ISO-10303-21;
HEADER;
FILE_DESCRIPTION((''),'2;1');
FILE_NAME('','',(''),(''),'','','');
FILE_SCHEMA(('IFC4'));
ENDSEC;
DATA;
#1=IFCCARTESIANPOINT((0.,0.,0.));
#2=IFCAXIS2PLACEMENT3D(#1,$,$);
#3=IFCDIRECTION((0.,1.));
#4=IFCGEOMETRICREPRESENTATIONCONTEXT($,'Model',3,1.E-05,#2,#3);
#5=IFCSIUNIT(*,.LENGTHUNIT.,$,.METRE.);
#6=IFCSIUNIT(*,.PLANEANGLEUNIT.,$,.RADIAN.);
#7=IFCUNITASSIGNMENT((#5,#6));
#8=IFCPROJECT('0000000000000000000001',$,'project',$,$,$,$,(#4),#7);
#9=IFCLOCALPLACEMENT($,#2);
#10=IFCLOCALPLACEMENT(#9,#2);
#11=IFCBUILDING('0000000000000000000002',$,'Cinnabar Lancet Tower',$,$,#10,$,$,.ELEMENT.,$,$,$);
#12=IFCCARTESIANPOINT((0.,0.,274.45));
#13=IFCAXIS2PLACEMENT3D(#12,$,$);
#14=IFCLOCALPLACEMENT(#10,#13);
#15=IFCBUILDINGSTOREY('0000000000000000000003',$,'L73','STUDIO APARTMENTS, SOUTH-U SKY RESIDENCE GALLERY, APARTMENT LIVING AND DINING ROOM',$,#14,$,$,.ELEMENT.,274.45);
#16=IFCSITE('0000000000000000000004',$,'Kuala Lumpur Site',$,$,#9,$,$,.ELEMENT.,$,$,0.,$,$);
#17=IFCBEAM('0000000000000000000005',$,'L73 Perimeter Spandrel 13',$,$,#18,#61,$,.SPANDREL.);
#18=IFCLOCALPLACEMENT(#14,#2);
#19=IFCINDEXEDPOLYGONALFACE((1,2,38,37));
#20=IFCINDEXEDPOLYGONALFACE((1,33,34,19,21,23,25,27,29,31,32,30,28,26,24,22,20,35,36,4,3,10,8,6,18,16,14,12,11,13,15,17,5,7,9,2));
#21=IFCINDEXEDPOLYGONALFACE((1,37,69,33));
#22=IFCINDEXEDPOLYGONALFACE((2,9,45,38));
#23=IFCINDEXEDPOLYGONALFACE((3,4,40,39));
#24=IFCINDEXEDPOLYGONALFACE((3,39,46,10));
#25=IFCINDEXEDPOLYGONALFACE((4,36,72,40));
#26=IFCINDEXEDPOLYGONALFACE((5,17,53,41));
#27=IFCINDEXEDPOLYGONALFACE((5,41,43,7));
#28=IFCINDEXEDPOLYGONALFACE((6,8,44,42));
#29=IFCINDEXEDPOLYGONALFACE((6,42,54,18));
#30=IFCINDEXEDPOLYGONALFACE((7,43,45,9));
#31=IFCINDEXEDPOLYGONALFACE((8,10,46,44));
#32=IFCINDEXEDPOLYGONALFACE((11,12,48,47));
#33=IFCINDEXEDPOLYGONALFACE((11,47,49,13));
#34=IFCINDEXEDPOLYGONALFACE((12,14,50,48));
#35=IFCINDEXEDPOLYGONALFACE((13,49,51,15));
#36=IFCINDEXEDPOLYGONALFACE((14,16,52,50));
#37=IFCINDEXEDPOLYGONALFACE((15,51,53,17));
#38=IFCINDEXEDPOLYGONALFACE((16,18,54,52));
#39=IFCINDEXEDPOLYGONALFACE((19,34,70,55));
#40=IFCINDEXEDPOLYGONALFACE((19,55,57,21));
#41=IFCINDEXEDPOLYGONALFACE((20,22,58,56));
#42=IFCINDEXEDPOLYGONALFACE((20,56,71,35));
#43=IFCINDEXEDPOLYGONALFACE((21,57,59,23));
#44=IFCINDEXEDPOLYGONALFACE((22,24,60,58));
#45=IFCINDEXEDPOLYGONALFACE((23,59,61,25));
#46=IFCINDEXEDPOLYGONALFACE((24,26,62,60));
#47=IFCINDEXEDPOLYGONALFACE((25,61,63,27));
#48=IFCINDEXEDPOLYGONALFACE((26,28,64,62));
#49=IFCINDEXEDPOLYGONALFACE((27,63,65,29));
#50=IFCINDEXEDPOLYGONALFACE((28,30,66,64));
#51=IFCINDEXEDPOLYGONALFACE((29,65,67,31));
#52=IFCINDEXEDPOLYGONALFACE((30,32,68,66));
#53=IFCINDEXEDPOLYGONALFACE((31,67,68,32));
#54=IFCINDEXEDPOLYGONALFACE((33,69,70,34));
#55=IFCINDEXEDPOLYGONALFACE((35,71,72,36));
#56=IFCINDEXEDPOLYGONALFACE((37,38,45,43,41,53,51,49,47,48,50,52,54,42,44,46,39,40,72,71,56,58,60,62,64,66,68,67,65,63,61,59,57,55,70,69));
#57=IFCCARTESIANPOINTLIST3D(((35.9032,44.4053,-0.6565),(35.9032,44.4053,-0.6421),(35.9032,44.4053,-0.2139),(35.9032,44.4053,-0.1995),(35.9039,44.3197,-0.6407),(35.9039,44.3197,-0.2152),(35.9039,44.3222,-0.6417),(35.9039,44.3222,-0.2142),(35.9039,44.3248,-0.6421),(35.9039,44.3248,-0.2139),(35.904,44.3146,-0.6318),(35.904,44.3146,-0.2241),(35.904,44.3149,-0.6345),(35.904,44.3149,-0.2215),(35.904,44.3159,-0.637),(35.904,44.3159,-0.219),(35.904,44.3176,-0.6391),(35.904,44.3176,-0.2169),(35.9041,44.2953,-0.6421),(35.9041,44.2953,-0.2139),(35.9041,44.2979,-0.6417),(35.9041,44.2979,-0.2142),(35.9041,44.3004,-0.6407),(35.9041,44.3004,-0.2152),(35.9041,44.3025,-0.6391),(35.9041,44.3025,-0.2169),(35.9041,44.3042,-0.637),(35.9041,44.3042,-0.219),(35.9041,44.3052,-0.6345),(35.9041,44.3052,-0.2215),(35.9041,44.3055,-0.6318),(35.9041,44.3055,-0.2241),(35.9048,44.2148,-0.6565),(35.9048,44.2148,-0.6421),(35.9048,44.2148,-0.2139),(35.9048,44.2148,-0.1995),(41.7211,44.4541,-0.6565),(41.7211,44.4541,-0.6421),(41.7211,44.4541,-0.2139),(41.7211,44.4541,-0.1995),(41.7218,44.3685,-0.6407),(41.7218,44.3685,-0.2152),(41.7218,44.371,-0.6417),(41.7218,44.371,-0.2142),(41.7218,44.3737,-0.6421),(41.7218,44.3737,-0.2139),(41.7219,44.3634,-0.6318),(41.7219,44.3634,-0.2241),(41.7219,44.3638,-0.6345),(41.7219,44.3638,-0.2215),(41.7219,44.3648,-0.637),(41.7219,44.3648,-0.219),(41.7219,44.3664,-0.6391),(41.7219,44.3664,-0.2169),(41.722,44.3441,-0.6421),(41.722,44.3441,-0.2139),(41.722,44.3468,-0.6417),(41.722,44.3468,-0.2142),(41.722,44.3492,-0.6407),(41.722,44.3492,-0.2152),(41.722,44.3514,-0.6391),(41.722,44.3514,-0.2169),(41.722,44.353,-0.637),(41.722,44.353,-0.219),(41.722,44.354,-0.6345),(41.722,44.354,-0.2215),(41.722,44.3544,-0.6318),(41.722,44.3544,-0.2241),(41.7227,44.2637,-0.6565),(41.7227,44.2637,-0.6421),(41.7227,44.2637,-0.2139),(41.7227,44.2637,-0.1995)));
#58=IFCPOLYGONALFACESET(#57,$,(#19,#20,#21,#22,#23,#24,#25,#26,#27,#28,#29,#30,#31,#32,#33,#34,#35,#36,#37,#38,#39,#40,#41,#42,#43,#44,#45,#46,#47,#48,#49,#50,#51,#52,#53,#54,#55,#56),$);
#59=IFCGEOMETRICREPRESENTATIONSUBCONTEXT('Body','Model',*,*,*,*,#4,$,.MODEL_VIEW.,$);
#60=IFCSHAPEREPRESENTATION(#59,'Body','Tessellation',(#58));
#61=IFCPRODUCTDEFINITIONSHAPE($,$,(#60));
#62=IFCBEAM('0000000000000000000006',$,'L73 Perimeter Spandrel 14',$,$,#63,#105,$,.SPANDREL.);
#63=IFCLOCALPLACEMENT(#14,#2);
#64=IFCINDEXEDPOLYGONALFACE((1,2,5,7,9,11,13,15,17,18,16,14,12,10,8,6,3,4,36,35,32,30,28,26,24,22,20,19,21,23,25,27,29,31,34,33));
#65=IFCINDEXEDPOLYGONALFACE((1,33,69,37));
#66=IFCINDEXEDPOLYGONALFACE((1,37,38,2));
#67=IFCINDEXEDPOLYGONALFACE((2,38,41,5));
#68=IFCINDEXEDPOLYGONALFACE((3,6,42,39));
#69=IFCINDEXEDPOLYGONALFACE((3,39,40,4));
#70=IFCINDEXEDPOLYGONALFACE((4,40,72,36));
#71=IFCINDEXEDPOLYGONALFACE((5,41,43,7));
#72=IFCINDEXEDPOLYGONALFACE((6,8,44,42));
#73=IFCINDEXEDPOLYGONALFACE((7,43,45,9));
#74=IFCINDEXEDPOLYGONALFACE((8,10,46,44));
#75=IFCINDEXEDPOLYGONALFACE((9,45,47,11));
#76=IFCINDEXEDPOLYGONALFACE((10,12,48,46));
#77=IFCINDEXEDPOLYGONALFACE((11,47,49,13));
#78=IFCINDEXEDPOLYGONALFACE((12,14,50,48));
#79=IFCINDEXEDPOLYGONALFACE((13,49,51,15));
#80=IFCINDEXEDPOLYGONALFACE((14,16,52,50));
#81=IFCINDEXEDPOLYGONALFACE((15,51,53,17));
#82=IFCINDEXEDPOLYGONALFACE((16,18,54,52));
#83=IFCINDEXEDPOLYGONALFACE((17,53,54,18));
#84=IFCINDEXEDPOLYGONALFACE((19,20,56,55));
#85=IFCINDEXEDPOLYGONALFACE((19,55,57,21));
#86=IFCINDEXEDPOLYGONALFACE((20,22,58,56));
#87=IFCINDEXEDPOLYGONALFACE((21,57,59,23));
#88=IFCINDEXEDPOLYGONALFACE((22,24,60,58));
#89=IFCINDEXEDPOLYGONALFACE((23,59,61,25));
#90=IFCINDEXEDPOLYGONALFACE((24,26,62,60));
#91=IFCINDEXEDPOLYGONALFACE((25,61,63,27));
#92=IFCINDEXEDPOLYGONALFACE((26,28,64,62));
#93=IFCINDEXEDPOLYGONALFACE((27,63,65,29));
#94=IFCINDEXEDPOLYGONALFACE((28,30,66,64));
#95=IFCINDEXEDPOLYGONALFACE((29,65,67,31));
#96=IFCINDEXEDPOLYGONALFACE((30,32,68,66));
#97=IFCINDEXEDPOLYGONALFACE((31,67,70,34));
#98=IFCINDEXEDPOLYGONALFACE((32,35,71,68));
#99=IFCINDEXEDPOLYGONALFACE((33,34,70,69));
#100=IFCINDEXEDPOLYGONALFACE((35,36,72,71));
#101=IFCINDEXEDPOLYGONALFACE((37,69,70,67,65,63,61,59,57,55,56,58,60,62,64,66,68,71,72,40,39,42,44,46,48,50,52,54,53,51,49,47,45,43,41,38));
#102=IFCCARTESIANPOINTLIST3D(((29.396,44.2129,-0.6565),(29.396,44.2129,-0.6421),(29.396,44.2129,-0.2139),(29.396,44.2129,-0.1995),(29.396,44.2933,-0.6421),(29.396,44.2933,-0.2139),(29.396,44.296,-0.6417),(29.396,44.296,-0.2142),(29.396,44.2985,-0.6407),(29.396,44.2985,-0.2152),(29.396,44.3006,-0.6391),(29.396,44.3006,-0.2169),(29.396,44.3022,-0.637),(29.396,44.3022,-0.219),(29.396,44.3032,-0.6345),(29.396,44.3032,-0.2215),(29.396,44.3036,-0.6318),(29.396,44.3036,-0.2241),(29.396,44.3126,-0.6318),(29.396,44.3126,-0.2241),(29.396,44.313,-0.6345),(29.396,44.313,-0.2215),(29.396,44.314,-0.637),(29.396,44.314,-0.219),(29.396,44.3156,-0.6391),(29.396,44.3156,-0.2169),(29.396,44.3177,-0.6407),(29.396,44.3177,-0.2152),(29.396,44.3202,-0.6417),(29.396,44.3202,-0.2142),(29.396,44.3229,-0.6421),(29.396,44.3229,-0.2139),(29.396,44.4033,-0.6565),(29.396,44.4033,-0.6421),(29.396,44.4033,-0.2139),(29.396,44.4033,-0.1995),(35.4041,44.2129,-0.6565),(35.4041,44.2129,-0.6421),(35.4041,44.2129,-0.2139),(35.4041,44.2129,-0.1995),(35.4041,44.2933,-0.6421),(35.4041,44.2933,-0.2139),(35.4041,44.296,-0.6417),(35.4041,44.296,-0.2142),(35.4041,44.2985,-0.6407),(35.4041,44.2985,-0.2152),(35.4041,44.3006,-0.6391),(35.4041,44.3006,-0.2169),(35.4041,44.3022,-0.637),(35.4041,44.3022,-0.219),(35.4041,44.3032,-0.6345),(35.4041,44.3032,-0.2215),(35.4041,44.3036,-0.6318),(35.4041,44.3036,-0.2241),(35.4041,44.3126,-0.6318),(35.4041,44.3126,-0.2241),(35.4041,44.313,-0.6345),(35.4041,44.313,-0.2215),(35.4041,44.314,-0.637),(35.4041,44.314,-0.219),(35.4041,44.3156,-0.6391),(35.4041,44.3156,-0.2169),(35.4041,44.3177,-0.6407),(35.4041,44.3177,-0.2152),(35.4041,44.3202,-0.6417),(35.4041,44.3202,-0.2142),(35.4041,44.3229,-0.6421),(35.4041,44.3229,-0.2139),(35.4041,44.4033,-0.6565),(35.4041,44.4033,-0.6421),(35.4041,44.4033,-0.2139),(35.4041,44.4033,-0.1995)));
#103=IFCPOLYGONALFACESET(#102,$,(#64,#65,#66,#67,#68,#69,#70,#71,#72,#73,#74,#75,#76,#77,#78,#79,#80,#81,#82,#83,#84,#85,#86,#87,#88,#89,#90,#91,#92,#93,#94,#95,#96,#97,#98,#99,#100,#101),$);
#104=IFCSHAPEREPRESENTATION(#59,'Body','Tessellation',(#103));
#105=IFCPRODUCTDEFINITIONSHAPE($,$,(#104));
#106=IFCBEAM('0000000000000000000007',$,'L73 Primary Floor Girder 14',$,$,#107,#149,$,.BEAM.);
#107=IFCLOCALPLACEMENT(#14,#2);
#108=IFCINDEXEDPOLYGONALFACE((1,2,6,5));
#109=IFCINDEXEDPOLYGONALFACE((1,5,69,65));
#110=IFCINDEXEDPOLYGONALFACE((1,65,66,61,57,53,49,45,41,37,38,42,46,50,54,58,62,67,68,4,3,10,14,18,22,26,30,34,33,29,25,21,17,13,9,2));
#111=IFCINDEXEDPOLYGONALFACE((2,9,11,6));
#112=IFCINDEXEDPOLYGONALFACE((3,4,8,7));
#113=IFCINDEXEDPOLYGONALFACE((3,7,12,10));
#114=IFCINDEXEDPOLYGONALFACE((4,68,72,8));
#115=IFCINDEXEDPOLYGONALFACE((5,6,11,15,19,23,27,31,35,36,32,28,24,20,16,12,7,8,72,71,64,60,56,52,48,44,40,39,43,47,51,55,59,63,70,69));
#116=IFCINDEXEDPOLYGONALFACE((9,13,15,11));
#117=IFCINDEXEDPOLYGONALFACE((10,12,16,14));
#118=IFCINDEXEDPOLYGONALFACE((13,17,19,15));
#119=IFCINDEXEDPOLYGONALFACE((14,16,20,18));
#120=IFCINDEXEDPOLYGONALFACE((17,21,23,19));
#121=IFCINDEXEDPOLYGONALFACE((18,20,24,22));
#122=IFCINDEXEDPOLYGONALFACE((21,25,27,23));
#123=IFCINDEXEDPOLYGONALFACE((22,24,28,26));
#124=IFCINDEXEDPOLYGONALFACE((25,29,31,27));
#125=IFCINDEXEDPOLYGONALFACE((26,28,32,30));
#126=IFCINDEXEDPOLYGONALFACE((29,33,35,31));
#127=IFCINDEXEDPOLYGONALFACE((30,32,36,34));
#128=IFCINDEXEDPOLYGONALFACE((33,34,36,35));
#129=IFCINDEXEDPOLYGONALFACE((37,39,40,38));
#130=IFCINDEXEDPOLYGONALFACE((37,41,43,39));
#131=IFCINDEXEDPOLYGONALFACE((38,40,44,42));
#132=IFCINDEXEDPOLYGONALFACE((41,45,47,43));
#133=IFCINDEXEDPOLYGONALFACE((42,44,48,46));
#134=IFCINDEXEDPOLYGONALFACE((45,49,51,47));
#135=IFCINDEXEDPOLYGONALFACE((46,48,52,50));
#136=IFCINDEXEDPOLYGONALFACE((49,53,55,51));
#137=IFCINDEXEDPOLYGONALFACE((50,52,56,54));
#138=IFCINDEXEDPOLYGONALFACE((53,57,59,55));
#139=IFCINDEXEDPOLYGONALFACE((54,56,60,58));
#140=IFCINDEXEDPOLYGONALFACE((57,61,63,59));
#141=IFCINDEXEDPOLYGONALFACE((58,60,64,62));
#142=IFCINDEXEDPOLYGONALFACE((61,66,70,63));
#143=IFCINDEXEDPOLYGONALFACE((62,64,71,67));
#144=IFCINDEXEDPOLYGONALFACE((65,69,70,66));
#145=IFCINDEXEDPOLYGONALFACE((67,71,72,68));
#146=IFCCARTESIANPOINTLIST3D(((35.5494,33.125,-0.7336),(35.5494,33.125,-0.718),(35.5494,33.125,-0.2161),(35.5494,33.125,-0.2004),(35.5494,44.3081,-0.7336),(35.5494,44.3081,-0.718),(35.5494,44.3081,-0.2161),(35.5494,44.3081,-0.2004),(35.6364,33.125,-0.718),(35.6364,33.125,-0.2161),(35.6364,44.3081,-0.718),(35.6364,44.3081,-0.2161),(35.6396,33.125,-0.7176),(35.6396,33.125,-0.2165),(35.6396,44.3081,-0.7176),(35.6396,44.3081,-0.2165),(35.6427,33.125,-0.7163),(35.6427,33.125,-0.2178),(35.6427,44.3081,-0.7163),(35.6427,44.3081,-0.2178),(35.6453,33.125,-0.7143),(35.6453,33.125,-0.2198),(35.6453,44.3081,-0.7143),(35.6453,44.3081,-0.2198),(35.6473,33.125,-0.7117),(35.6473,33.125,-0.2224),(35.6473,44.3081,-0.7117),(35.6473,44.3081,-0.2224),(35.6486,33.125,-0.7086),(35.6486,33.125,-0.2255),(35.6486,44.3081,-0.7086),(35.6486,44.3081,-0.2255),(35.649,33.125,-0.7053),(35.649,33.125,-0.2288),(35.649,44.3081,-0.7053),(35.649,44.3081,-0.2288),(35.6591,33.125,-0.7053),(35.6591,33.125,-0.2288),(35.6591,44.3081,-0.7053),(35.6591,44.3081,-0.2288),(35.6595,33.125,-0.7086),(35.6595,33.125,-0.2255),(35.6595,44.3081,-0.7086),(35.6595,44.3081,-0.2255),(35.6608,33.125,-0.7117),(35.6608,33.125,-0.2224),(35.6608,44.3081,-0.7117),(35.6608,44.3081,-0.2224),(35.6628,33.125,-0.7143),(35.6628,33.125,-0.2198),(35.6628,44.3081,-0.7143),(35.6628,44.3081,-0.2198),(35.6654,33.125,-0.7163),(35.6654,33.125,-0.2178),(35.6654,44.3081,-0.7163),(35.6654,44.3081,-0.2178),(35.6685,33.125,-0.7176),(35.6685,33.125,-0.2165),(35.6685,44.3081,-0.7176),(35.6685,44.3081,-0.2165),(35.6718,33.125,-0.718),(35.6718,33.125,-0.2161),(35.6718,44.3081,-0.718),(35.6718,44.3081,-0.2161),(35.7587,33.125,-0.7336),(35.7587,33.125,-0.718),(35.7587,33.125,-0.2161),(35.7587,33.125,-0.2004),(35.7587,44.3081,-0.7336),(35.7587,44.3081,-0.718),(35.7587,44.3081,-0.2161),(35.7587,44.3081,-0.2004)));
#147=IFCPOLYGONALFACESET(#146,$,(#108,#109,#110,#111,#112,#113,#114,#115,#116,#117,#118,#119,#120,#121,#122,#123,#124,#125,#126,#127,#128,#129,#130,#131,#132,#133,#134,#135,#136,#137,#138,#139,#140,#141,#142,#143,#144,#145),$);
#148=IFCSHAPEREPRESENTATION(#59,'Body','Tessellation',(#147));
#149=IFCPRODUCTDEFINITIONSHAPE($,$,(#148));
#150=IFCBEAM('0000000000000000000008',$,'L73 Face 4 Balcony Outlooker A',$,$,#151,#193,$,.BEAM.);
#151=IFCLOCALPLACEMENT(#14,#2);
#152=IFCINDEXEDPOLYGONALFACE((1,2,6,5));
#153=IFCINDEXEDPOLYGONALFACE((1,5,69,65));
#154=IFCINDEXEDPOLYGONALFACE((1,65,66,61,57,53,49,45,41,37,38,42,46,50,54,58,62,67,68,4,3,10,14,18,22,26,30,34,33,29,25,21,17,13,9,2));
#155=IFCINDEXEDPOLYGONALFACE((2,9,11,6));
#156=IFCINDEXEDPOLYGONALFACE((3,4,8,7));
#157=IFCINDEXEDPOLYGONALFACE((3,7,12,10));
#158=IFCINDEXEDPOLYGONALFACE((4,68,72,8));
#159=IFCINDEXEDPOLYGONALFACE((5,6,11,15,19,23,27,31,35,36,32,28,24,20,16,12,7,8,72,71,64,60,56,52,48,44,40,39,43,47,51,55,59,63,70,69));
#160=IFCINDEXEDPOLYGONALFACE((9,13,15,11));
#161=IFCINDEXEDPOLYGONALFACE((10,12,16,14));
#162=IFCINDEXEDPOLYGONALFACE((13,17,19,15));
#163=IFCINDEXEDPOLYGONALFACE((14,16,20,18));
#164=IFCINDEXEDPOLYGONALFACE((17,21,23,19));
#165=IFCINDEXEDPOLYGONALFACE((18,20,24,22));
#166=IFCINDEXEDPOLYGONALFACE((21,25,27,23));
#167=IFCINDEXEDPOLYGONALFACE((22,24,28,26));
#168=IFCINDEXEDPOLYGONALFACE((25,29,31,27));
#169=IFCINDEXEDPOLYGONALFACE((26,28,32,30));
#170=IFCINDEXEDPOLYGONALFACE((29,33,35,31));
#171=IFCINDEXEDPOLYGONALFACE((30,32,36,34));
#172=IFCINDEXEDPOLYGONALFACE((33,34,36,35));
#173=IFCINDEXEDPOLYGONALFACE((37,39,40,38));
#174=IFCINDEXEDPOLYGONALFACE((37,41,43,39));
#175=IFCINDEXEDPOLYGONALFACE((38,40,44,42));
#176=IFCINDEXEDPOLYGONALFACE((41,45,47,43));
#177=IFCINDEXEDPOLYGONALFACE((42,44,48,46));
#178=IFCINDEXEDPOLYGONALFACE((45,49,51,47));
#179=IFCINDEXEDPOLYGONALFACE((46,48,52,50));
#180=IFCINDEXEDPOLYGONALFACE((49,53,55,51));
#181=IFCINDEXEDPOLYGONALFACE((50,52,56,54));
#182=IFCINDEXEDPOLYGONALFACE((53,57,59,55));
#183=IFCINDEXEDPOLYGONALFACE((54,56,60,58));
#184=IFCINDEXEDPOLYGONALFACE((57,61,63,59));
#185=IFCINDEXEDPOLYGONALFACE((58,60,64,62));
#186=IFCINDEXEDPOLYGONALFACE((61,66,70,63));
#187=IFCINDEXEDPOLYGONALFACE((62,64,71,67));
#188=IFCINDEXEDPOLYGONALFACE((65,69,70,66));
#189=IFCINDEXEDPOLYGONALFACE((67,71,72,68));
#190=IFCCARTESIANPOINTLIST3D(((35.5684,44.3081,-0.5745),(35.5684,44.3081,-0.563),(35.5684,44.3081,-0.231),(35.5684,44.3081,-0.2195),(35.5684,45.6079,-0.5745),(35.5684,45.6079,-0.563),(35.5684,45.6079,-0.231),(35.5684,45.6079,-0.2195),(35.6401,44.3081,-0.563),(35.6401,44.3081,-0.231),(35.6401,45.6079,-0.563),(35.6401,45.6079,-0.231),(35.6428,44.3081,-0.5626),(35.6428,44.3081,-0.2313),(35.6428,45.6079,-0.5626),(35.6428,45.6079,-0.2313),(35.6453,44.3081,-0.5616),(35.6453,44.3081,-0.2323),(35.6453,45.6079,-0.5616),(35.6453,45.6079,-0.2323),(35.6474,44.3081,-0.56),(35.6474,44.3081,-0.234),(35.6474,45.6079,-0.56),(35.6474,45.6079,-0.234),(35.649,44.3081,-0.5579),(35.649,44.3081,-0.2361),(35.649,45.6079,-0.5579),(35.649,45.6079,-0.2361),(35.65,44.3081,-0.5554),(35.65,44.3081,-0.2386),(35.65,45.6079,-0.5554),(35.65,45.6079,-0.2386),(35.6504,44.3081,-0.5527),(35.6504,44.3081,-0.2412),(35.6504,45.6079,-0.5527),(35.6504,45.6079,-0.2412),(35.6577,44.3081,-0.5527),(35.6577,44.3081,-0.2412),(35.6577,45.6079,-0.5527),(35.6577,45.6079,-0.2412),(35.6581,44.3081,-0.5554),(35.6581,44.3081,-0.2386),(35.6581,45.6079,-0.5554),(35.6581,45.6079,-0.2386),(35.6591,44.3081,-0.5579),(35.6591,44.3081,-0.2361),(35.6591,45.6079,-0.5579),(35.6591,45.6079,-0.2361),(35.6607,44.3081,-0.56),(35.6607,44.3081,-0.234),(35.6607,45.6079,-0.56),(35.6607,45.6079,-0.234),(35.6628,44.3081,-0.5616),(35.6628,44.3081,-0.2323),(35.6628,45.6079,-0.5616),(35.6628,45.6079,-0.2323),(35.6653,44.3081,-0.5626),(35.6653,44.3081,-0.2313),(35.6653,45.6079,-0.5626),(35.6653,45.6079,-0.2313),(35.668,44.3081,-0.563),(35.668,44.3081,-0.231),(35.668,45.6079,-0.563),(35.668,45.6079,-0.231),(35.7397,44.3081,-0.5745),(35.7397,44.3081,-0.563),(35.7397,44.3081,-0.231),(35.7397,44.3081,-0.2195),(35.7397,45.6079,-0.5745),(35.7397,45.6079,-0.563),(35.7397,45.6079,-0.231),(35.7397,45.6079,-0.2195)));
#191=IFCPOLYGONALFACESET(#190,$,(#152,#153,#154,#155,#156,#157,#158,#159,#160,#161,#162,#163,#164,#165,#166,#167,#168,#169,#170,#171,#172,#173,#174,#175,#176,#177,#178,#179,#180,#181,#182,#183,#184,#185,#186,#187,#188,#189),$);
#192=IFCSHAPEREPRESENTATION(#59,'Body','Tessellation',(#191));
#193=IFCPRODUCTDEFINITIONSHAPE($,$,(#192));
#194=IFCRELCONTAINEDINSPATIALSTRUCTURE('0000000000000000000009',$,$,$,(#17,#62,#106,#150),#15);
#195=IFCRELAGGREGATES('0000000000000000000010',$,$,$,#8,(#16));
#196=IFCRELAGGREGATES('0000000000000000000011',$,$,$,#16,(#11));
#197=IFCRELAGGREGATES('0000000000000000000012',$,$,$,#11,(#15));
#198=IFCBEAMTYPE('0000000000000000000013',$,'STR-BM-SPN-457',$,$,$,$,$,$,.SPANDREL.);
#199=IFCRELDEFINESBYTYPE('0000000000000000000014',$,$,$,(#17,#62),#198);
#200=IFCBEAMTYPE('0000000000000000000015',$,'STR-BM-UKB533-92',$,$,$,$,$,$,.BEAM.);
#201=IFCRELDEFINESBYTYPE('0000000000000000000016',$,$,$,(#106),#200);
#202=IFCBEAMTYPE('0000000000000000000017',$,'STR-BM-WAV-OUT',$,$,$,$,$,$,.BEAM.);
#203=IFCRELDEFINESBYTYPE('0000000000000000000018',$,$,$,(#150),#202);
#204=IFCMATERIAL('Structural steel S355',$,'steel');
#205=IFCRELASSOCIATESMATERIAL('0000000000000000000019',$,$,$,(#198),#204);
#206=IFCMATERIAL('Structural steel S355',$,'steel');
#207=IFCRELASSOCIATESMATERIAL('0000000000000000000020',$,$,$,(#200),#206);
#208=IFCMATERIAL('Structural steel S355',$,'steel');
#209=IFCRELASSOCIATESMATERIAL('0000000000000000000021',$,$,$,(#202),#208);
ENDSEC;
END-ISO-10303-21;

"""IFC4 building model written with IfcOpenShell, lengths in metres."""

from ifc_helpers import new_model, si_unit, direction, frame, origin, origin_2d, place, context, subcontext, project, spatial, i_section, extrude, material, material_profile, profile_set, type_object, element, save


model = new_model("IFC4")

# Units and contexts
model_context = context("Model", 3, precision=1e-05, world=origin(), true_north=direction((0.0, 1.0)))
body_context = subcontext(model_context, "Body", "Model", "MODEL_VIEW")
ifc_project = project(units=[si_unit("LENGTHUNIT", "METRE"), si_unit("PLANEANGLEUNIT", "RADIAN")], contexts=[model_context])

# Site, building, storey
site_placement = place(None, origin())
site = spatial("IfcSite", under=ifc_project, at=site_placement, Name="Kuala Lumpur Site", CompositionType="ELEMENT", RefElevation=0.0)
building_placement = place(site_placement, origin())
building = spatial("IfcBuilding", under=site, at=building_placement, Name="Cinnabar Lancet Tower", CompositionType="ELEMENT")
storey_placement = place(building_placement, frame((0.0, 0.0, 274.45)))
storey = spatial("IfcBuildingStorey", under=building, at=storey_placement, Name="L73", Description="STUDIO APARTMENTS, SOUTH-U SKY RESIDENCE GALLERY, APARTMENT LIVING AND DINING ROOM", CompositionType="ELEMENT", Elevation=274.45)

# Beams
ifc_material_1 = material(Name="Structural steel S355", Category="steel")
ifc_material_profile_1 = material_profile(ifc_material_1, i_section(OverallWidth=0.1904, OverallDepth=0.457, WebThickness=0.009, FlangeThickness=0.0144, FilletRadius=0.0103, at=origin_2d()), Name="UKB 457x191x74")
ifc_profile_set_1 = profile_set([ifc_material_profile_1], Name="Structural steel S355")
beam_type_1 = type_object("IfcBeamType", Name="STR-BM-SPN-457", PredefinedType="SPANDREL", material=ifc_profile_set_1)
beam_1_placement = place(storey_placement, frame((41.7219, 44.3589, -0.428), z_axis=(-0.999965, -0.008392, 0.0), x_axis=(0.008392, -0.999965, 0.0)))
element("IfcBeam", 1, at=beam_1_placement, inside=storey, type_object=beam_type_1, Name="L73 Perimeter Spandrel 13", PredefinedType="SPANDREL", context=body_context, shape_type="SweptSolid", body=[
    extrude(i_section(OverallWidth=0.1904, OverallDepth=0.457, WebThickness=0.009, FlangeThickness=0.0144, FilletRadius=0.0103, at=origin_2d()), origin(), (0.0, 0.0, 1.0), 5.8181),
])
beam_2_placement = place(storey_placement, frame((35.4041, 44.3081, -0.428), z_axis=(-1.0, 0.0, 0.0), x_axis=(0.0, -1.0, 0.0)))
element("IfcBeam", 2, at=beam_2_placement, inside=storey, type_object=beam_type_1, Name="L73 Perimeter Spandrel 14", PredefinedType="SPANDREL", context=body_context, shape_type="SweptSolid", body=[
    extrude(i_section(OverallWidth=0.1904, OverallDepth=0.457, WebThickness=0.009, FlangeThickness=0.0144, FilletRadius=0.0103, at=origin_2d()), origin(), (0.0, 0.0, 1.0), 6.0081),
])
ifc_material_2 = material(Name="Structural steel S355", Category="steel")
ifc_material_profile_2 = material_profile(ifc_material_2, i_section(OverallWidth=0.2092, OverallDepth=0.5332, WebThickness=0.01, FlangeThickness=0.0156, FilletRadius=0.0127, at=origin_2d()), Name="UKB 533x210x92")
ifc_profile_set_2 = profile_set([ifc_material_profile_2], Name="Structural steel S355")
beam_type_2 = type_object("IfcBeamType", Name="STR-BM-UKB533-92", PredefinedType="BEAM", material=ifc_profile_set_2)
beam_3_placement = place(storey_placement, frame((35.6541, 44.3081, -0.467), z_axis=(0.0, -1.0, 0.0), x_axis=(1.0, 0.0, 0.0)))
element("IfcBeam", 3, at=beam_3_placement, inside=storey, type_object=beam_type_2, Name="L73 Primary Floor Girder 14", PredefinedType="BEAM", context=body_context, shape_type="SweptSolid", body=[
    extrude(i_section(OverallWidth=0.2092, OverallDepth=0.5332, WebThickness=0.01, FlangeThickness=0.0156, FilletRadius=0.0127, at=origin_2d()), origin(), (0.0, 0.0, 1.0), 11.1831),
])
ifc_material_3 = material(Name="Structural steel S355", Category="steel")
ifc_material_profile_3 = material_profile(ifc_material_3, i_section(OverallWidth=0.1714, OverallDepth=0.355, WebThickness=0.0073, FlangeThickness=0.0115, FilletRadius=0.0103, at=origin_2d()), Name="UKB 356x171x51")
ifc_profile_set_3 = profile_set([ifc_material_profile_3], Name="Structural steel S355")
beam_type_3 = type_object("IfcBeamType", Name="STR-BM-WAV-OUT", PredefinedType="BEAM", material=ifc_profile_set_3)
beam_4_placement = place(storey_placement, frame((35.6541, 44.3081, -0.397), z_axis=(0.0, 1.0, 0.0), x_axis=(-1.0, 0.0, 0.0)))
element("IfcBeam", 4, at=beam_4_placement, inside=storey, type_object=beam_type_3, Name="L73 Face 4 Balcony Outlooker A", PredefinedType="BEAM", context=body_context, shape_type="SweptSolid", body=[
    extrude(i_section(OverallWidth=0.1714, OverallDepth=0.355, WebThickness=0.0073, FlangeThickness=0.0115, FilletRadius=0.0103, at=origin_2d()), origin(), (0.0, 0.0, 1.0), 1.2998),
])

save(model, "model.ifc")
